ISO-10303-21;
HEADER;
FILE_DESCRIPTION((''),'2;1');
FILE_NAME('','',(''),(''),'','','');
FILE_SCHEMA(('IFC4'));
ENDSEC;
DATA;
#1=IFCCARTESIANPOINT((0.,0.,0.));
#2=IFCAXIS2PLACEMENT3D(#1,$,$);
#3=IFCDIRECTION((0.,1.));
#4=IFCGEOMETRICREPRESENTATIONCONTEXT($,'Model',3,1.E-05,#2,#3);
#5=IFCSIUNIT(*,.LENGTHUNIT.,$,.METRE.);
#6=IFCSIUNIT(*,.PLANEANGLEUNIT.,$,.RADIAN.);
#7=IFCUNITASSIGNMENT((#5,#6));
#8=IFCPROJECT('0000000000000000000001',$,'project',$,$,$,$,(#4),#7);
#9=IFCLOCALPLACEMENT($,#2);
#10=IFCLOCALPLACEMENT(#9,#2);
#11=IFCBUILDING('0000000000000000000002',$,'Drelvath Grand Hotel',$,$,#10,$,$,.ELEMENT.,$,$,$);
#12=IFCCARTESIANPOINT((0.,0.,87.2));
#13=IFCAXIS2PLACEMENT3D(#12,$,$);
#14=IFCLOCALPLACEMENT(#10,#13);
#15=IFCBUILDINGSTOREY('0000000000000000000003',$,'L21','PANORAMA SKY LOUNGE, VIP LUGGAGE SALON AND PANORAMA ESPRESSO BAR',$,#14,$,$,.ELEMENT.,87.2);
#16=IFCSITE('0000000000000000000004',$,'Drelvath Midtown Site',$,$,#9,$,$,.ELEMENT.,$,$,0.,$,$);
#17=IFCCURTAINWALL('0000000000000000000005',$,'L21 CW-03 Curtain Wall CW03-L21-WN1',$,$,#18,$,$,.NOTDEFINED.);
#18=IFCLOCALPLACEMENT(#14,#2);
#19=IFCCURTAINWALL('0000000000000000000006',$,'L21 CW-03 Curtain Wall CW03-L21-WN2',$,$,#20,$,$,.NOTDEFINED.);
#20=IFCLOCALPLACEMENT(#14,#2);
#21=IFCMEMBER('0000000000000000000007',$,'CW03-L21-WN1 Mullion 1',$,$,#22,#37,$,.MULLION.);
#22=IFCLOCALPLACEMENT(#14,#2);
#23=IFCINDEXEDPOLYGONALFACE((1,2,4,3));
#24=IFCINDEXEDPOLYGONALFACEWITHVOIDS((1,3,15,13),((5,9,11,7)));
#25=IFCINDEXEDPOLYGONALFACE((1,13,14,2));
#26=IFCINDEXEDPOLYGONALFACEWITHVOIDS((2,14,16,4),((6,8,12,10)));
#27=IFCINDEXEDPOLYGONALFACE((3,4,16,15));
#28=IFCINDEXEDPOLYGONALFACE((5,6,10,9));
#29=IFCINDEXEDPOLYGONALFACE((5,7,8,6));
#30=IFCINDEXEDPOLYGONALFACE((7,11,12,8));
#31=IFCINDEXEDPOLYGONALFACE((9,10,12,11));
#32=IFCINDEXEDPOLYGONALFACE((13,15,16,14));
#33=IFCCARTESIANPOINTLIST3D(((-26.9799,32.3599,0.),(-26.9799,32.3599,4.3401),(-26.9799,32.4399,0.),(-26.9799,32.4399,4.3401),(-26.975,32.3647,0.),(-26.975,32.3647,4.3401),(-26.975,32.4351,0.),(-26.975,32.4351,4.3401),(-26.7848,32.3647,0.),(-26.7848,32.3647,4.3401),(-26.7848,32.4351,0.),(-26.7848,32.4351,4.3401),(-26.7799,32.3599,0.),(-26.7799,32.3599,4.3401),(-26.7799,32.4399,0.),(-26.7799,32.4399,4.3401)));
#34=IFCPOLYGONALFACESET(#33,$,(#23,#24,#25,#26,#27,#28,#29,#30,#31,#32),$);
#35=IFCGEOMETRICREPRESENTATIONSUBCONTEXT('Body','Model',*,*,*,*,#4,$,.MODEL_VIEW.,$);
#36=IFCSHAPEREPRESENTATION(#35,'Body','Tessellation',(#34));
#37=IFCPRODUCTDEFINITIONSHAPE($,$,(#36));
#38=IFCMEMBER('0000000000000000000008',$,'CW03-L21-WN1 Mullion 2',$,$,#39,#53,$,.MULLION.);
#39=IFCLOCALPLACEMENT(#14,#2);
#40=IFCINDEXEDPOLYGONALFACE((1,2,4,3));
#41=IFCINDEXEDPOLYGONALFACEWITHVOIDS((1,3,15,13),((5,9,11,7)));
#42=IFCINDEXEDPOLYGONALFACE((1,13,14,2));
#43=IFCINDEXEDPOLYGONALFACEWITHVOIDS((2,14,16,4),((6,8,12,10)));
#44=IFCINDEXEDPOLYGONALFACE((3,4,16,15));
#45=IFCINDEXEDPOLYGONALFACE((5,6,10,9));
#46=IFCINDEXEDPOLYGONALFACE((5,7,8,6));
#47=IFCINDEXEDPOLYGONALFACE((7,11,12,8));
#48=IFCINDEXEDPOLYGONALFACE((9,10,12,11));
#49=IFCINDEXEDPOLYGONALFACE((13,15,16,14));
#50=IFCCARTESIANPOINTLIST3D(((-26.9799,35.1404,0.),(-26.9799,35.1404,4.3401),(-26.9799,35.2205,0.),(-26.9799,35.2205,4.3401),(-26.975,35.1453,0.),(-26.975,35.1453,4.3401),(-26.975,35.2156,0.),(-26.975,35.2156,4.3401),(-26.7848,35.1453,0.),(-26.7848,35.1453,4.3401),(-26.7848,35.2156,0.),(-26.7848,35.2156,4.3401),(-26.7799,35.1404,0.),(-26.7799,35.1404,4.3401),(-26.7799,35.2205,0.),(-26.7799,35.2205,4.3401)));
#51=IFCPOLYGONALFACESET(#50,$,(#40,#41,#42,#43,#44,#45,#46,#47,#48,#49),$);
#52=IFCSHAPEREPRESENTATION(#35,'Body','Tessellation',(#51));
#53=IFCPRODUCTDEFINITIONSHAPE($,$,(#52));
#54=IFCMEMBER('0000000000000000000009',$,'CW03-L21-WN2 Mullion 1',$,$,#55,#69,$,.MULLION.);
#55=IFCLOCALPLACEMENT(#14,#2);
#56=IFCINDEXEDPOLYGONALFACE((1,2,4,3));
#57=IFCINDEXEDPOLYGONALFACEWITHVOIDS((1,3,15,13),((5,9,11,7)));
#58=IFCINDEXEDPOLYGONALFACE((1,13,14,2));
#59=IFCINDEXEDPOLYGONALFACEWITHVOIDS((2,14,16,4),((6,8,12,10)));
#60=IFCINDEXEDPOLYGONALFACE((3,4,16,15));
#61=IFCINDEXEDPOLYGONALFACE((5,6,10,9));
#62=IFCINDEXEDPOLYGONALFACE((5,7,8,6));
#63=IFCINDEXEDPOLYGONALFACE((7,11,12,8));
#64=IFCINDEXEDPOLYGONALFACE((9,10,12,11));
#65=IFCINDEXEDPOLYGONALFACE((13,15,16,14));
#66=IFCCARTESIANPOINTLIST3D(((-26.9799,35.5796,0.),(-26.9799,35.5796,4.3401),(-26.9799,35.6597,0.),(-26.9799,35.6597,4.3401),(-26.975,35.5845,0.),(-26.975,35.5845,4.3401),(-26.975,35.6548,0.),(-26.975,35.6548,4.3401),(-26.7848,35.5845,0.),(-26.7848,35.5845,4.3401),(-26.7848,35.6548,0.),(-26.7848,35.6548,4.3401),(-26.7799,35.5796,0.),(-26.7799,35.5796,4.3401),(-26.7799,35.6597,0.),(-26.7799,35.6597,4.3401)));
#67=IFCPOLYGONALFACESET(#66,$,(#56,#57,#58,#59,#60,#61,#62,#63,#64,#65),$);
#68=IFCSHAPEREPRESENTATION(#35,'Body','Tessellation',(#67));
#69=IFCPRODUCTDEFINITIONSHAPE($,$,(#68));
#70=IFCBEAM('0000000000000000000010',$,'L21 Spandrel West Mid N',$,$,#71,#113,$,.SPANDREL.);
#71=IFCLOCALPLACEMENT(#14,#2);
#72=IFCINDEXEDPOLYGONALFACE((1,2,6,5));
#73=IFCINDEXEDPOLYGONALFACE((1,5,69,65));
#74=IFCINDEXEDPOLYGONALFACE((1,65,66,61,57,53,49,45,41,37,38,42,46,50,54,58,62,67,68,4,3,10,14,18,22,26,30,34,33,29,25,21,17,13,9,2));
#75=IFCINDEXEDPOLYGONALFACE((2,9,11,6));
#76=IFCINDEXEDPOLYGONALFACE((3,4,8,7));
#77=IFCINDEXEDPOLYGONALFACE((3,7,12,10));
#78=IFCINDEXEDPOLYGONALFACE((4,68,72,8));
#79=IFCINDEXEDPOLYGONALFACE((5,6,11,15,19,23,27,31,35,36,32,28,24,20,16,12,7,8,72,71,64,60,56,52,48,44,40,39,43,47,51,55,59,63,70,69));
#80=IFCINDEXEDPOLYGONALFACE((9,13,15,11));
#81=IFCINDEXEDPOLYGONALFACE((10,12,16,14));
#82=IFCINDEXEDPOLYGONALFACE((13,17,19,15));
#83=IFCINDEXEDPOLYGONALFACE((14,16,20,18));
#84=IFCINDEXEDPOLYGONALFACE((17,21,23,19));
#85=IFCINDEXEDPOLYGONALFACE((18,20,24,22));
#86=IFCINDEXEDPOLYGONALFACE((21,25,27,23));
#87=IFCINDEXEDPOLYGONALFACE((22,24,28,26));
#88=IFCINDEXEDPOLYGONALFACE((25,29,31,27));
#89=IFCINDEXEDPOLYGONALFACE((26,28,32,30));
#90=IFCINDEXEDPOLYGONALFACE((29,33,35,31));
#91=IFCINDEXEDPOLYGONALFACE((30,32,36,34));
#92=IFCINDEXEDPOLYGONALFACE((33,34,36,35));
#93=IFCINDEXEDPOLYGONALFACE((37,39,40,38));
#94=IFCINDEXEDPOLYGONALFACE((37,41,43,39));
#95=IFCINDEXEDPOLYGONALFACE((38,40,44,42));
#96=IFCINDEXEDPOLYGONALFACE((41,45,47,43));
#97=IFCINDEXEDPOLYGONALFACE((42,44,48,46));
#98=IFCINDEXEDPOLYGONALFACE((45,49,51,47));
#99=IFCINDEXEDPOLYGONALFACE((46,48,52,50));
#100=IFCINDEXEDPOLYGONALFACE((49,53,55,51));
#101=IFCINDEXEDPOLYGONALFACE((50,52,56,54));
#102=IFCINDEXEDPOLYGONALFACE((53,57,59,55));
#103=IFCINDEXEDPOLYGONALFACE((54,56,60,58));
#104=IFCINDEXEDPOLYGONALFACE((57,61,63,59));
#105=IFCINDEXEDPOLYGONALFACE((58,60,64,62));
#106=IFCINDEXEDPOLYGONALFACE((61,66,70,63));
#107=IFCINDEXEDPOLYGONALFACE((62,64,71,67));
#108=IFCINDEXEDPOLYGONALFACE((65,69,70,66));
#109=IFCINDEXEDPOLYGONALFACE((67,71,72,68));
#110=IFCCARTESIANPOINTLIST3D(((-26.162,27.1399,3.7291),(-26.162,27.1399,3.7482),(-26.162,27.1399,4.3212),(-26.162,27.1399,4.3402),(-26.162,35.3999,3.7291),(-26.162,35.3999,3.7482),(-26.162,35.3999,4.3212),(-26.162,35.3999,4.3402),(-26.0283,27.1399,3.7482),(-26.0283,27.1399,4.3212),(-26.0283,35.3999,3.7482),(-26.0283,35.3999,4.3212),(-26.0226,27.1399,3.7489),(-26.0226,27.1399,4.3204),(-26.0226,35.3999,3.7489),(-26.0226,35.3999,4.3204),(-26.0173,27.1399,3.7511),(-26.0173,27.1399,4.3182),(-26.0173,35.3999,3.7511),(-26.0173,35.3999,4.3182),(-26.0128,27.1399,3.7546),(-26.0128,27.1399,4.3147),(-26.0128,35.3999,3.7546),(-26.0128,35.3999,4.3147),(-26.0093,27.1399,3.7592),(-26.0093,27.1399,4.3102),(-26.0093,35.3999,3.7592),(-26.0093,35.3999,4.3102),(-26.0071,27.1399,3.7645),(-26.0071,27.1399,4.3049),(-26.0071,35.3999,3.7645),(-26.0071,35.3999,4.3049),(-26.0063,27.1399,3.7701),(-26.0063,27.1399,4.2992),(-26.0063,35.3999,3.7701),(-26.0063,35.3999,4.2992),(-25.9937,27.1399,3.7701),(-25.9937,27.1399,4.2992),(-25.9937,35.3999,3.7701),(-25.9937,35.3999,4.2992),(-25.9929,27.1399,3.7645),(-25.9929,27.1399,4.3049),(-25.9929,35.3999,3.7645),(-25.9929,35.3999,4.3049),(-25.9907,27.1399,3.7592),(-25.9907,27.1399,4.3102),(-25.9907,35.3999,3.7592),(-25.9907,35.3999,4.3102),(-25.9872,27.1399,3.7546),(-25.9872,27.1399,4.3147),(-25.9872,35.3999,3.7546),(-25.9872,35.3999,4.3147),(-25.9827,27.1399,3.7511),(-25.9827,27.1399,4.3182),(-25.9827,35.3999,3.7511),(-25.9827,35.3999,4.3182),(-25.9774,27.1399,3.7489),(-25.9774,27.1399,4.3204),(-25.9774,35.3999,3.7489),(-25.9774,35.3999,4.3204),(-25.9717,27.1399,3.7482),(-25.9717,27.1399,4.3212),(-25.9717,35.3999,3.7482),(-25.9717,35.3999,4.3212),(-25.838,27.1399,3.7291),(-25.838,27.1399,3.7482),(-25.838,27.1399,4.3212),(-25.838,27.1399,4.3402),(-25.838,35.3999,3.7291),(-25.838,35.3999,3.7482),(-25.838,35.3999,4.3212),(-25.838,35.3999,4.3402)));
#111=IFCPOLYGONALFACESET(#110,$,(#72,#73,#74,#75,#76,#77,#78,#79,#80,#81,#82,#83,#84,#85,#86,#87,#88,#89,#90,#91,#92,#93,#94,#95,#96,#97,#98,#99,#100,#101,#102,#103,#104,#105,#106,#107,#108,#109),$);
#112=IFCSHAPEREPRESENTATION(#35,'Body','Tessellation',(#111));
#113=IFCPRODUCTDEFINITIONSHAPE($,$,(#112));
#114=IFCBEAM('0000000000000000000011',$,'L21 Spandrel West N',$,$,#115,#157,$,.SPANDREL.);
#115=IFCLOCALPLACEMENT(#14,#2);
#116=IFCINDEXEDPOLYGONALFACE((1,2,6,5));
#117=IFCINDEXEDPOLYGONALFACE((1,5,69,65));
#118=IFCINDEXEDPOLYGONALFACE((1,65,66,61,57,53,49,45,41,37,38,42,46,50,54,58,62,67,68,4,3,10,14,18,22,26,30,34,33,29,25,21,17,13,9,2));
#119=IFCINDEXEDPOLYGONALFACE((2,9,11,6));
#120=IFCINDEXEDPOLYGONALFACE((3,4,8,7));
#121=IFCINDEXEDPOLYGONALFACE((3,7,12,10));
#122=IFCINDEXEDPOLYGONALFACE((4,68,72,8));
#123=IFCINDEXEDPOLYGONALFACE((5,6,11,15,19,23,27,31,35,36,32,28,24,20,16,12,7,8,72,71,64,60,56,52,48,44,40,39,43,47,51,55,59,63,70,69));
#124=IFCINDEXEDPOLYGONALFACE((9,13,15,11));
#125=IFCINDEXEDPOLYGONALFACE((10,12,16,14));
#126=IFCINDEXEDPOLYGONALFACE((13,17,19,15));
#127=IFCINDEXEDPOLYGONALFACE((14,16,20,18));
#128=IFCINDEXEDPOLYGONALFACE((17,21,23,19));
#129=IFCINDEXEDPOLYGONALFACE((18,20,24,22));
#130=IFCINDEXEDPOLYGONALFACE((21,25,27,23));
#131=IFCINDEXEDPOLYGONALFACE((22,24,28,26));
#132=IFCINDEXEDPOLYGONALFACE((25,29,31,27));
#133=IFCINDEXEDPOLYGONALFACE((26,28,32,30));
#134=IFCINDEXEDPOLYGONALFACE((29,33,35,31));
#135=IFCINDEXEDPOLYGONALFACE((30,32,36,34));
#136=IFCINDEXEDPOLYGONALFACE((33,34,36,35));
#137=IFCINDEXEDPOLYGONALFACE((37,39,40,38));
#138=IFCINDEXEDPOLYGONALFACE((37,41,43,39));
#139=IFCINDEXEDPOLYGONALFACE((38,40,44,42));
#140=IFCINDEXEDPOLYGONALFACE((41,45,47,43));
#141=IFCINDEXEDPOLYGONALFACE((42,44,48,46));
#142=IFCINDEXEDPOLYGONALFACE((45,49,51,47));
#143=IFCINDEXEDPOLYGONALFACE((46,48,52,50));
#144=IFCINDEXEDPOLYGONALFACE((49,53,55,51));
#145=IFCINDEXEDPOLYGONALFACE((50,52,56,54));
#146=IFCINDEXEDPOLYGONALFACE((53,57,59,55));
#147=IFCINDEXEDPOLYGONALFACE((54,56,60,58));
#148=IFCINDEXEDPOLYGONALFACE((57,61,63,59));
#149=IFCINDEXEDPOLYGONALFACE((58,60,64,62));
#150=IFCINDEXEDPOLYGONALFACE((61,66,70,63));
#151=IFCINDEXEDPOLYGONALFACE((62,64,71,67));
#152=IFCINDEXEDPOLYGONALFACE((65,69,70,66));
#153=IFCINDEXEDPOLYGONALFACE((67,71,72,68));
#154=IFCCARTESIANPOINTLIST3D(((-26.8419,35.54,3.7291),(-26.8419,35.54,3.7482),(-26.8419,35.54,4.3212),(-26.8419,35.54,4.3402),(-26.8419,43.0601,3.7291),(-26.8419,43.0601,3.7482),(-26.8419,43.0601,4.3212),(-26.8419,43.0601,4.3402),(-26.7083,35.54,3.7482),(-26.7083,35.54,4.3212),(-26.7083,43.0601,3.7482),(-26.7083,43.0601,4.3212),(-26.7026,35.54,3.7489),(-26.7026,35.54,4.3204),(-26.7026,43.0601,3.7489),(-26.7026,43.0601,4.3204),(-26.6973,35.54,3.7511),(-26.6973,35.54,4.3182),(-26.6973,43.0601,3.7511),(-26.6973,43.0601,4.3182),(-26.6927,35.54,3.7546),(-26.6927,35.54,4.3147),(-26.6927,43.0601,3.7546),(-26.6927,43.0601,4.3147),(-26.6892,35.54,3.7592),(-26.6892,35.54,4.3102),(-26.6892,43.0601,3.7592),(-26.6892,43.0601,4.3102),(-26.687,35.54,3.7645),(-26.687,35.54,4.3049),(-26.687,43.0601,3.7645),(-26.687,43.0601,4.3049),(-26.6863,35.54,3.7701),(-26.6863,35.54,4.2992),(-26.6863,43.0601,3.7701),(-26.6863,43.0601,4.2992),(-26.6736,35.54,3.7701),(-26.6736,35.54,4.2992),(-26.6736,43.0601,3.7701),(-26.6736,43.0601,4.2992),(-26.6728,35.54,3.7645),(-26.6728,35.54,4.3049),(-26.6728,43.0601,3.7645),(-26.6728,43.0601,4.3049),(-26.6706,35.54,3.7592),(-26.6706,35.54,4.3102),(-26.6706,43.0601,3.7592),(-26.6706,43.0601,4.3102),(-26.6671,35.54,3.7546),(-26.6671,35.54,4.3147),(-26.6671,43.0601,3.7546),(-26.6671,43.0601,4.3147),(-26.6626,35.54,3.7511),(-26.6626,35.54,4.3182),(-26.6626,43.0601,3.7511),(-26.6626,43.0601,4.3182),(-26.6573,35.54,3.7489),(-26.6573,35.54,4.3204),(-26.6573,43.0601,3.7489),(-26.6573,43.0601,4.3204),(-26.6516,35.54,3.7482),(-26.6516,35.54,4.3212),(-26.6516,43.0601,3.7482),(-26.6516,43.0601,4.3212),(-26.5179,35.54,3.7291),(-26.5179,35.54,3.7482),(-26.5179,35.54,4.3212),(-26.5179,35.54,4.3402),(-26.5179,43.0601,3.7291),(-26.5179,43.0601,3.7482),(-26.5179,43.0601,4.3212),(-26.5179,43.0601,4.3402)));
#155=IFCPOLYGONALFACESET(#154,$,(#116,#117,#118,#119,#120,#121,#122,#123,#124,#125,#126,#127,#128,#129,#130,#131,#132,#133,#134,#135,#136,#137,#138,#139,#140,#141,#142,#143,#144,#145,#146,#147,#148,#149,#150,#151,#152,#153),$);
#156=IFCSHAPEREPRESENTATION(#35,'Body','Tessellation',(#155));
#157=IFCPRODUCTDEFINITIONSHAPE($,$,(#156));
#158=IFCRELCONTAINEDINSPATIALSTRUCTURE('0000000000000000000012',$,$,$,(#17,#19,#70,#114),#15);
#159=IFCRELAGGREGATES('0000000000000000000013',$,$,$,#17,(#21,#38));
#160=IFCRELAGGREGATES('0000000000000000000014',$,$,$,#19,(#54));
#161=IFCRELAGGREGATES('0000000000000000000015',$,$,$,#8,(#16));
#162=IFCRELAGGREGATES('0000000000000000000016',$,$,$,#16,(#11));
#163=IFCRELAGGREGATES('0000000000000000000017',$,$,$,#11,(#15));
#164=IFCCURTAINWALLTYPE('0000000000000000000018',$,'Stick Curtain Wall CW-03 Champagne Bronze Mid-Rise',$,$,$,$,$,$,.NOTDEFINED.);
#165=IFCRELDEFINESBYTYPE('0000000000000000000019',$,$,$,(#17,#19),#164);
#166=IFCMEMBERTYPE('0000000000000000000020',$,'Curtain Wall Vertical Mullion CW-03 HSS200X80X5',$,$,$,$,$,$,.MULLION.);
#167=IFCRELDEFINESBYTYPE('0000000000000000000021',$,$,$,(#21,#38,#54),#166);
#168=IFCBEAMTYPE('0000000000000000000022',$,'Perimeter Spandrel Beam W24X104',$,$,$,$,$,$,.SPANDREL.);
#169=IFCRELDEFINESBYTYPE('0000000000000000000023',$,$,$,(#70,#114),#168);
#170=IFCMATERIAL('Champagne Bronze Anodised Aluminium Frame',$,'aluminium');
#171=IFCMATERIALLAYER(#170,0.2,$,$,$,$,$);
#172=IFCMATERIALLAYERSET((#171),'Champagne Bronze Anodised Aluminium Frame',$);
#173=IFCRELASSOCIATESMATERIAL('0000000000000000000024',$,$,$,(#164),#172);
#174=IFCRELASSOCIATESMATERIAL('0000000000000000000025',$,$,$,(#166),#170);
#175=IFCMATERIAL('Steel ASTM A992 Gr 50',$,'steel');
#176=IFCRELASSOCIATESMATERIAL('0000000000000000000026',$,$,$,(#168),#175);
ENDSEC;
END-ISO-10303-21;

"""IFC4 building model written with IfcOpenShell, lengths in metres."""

from ifc_helpers import new_model, si_unit, direction, frame, origin, origin_2d, place, context, subcontext, project, spatial, hollow_rectangle, i_section, extrude, material, layer, layer_set, material_profile, profile_set, type_object, element, aggregate, save


model = new_model("IFC4")

# Units and contexts
model_context = context("Model", 3, precision=1e-05, world=origin(), true_north=direction((0.0, 1.0)))
body_context = subcontext(model_context, "Body", "Model", "MODEL_VIEW")
ifc_project = project(units=[si_unit("LENGTHUNIT", "METRE"), si_unit("PLANEANGLEUNIT", "RADIAN")], contexts=[model_context])

# Site, building, storey
site_placement = place(None, origin())
site = spatial("IfcSite", under=ifc_project, at=site_placement, Name="Drelvath Midtown Site", CompositionType="ELEMENT", RefElevation=0.0)
building_placement = place(site_placement, origin())
building = spatial("IfcBuilding", under=site, at=building_placement, Name="Drelvath Grand Hotel", CompositionType="ELEMENT")
storey_placement = place(building_placement, frame((0.0, 0.0, 87.2)))
storey = spatial("IfcBuildingStorey", under=building, at=storey_placement, Name="L21", Description="PANORAMA SKY LOUNGE, VIP LUGGAGE SALON AND PANORAMA ESPRESSO BAR", CompositionType="ELEMENT", Elevation=87.2)

# Curtain walls
ifc_material_1 = material(Name="Champagne Bronze Anodised Aluminium Frame", Category="aluminium")
ifc_layer_1 = layer(ifc_material_1, 0.2)
ifc_layer_set_1 = layer_set([ifc_layer_1], Name="Champagne Bronze Anodised Aluminium Frame")
curtain_wall_type = type_object("IfcCurtainWallType", Name="Stick Curtain Wall CW-03 Champagne Bronze Mid-Rise", PredefinedType="NOTDEFINED", material=ifc_layer_set_1)
curtain_wall_1_placement = place(storey_placement, origin())
curtain_wall_1 = element("IfcCurtainWall", 1, at=curtain_wall_1_placement, inside=storey, type_object=curtain_wall_type, Name="L21 CW-03 Curtain Wall CW03-L21-WN1", PredefinedType="NOTDEFINED")
curtain_wall_2_placement = place(storey_placement, origin())
curtain_wall_2 = element("IfcCurtainWall", 2, at=curtain_wall_2_placement, inside=storey, type_object=curtain_wall_type, Name="L21 CW-03 Curtain Wall CW03-L21-WN2", PredefinedType="NOTDEFINED")

# Members
ifc_material_profile_1 = material_profile(ifc_material_1, hollow_rectangle(XDim=0.0801, YDim=0.2, WallThickness=0.0049, at=origin_2d()), Name="HSS200X80X5")
ifc_profile_set_1 = profile_set([ifc_material_profile_1], Name="Champagne Bronze Anodised Aluminium Frame")
member_type_1 = type_object("IfcMemberType", Name="Curtain Wall Vertical Mullion CW-03 HSS200X80X5", PredefinedType="MULLION", material=ifc_profile_set_1)
member_1_placement = place(storey_placement, frame((-26.8799, 32.3999, 0.0), z_axis=(0.0, 0.0, 1.0), x_axis=(0.0, 1.0, 0.0)))
member_1 = element("IfcMember", 3, at=member_1_placement, type_object=member_type_1, Name="CW03-L21-WN1 Mullion 1", PredefinedType="MULLION", context=body_context, shape_type="SweptSolid", body=[
    extrude(hollow_rectangle(XDim=0.0801, YDim=0.2, WallThickness=0.0049, at=origin_2d()), origin(), (0.0, 0.0, 1.0), 4.3401),
])
member_2_placement = place(storey_placement, frame((-26.8799, 35.1804, 0.0), z_axis=(0.0, 0.0, 1.0), x_axis=(0.0, 1.0, 0.0)))
member_2 = element("IfcMember", 4, at=member_2_placement, type_object=member_type_1, Name="CW03-L21-WN1 Mullion 2", PredefinedType="MULLION", context=body_context, shape_type="SweptSolid", body=[
    extrude(hollow_rectangle(XDim=0.0801, YDim=0.2, WallThickness=0.0049, at=origin_2d()), origin(), (0.0, 0.0, 1.0), 4.3401),
])
member_3_placement = place(storey_placement, frame((-26.8799, 35.6196, 0.0), z_axis=(0.0, 0.0, 1.0), x_axis=(0.0, 1.0, 0.0)))
member_3 = element("IfcMember", 5, at=member_3_placement, type_object=member_type_1, Name="CW03-L21-WN2 Mullion 1", PredefinedType="MULLION", context=body_context, shape_type="SweptSolid", body=[
    extrude(hollow_rectangle(XDim=0.0801, YDim=0.2, WallThickness=0.0049, at=origin_2d()), origin(), (0.0, 0.0, 1.0), 4.3401),
])

# Beams
ifc_material_2 = material(Name="Steel ASTM A992 Gr 50", Category="steel")
ifc_material_profile_2 = material_profile(ifc_material_2, i_section(OverallWidth=0.324, OverallDepth=0.6111, WebThickness=0.0127, FlangeThickness=0.019, FilletRadius=0.022, at=origin_2d()), Name="W24X104")
ifc_profile_set_2 = profile_set([ifc_material_profile_2], Name="Steel ASTM A992 Gr 50")
beam_type_1 = type_object("IfcBeamType", Name="Perimeter Spandrel Beam W24X104", PredefinedType="SPANDREL", material=ifc_profile_set_2)
beam_1_placement = place(storey_placement, frame((-26.0, 27.1399, 4.0347), z_axis=(0.0, 1.0, 0.0), x_axis=(-1.0, 0.0, 0.0)))
element("IfcBeam", 6, at=beam_1_placement, inside=storey, type_object=beam_type_1, Name="L21 Spandrel West Mid N", PredefinedType="SPANDREL", context=body_context, shape_type="SweptSolid", body=[
    extrude(i_section(OverallWidth=0.324, OverallDepth=0.6111, WebThickness=0.0127, FlangeThickness=0.019, FilletRadius=0.022, at=origin_2d()), origin(), (0.0, 0.0, 1.0), 8.26),
])
beam_2_placement = place(storey_placement, frame((-26.6799, 35.54, 4.0347), z_axis=(0.0, 1.0, 0.0), x_axis=(-1.0, 0.0, 0.0)))
element("IfcBeam", 7, at=beam_2_placement, inside=storey, type_object=beam_type_1, Name="L21 Spandrel West N", PredefinedType="SPANDREL", context=body_context, shape_type="SweptSolid", body=[
    extrude(i_section(OverallWidth=0.324, OverallDepth=0.6111, WebThickness=0.0127, FlangeThickness=0.019, FilletRadius=0.022, at=origin_2d()), origin(), (0.0, 0.0, 1.0), 7.52),
])

aggregate(curtain_wall_1, [member_1, member_2])
aggregate(curtain_wall_2, [member_3])

save(model, "model.ifc")
